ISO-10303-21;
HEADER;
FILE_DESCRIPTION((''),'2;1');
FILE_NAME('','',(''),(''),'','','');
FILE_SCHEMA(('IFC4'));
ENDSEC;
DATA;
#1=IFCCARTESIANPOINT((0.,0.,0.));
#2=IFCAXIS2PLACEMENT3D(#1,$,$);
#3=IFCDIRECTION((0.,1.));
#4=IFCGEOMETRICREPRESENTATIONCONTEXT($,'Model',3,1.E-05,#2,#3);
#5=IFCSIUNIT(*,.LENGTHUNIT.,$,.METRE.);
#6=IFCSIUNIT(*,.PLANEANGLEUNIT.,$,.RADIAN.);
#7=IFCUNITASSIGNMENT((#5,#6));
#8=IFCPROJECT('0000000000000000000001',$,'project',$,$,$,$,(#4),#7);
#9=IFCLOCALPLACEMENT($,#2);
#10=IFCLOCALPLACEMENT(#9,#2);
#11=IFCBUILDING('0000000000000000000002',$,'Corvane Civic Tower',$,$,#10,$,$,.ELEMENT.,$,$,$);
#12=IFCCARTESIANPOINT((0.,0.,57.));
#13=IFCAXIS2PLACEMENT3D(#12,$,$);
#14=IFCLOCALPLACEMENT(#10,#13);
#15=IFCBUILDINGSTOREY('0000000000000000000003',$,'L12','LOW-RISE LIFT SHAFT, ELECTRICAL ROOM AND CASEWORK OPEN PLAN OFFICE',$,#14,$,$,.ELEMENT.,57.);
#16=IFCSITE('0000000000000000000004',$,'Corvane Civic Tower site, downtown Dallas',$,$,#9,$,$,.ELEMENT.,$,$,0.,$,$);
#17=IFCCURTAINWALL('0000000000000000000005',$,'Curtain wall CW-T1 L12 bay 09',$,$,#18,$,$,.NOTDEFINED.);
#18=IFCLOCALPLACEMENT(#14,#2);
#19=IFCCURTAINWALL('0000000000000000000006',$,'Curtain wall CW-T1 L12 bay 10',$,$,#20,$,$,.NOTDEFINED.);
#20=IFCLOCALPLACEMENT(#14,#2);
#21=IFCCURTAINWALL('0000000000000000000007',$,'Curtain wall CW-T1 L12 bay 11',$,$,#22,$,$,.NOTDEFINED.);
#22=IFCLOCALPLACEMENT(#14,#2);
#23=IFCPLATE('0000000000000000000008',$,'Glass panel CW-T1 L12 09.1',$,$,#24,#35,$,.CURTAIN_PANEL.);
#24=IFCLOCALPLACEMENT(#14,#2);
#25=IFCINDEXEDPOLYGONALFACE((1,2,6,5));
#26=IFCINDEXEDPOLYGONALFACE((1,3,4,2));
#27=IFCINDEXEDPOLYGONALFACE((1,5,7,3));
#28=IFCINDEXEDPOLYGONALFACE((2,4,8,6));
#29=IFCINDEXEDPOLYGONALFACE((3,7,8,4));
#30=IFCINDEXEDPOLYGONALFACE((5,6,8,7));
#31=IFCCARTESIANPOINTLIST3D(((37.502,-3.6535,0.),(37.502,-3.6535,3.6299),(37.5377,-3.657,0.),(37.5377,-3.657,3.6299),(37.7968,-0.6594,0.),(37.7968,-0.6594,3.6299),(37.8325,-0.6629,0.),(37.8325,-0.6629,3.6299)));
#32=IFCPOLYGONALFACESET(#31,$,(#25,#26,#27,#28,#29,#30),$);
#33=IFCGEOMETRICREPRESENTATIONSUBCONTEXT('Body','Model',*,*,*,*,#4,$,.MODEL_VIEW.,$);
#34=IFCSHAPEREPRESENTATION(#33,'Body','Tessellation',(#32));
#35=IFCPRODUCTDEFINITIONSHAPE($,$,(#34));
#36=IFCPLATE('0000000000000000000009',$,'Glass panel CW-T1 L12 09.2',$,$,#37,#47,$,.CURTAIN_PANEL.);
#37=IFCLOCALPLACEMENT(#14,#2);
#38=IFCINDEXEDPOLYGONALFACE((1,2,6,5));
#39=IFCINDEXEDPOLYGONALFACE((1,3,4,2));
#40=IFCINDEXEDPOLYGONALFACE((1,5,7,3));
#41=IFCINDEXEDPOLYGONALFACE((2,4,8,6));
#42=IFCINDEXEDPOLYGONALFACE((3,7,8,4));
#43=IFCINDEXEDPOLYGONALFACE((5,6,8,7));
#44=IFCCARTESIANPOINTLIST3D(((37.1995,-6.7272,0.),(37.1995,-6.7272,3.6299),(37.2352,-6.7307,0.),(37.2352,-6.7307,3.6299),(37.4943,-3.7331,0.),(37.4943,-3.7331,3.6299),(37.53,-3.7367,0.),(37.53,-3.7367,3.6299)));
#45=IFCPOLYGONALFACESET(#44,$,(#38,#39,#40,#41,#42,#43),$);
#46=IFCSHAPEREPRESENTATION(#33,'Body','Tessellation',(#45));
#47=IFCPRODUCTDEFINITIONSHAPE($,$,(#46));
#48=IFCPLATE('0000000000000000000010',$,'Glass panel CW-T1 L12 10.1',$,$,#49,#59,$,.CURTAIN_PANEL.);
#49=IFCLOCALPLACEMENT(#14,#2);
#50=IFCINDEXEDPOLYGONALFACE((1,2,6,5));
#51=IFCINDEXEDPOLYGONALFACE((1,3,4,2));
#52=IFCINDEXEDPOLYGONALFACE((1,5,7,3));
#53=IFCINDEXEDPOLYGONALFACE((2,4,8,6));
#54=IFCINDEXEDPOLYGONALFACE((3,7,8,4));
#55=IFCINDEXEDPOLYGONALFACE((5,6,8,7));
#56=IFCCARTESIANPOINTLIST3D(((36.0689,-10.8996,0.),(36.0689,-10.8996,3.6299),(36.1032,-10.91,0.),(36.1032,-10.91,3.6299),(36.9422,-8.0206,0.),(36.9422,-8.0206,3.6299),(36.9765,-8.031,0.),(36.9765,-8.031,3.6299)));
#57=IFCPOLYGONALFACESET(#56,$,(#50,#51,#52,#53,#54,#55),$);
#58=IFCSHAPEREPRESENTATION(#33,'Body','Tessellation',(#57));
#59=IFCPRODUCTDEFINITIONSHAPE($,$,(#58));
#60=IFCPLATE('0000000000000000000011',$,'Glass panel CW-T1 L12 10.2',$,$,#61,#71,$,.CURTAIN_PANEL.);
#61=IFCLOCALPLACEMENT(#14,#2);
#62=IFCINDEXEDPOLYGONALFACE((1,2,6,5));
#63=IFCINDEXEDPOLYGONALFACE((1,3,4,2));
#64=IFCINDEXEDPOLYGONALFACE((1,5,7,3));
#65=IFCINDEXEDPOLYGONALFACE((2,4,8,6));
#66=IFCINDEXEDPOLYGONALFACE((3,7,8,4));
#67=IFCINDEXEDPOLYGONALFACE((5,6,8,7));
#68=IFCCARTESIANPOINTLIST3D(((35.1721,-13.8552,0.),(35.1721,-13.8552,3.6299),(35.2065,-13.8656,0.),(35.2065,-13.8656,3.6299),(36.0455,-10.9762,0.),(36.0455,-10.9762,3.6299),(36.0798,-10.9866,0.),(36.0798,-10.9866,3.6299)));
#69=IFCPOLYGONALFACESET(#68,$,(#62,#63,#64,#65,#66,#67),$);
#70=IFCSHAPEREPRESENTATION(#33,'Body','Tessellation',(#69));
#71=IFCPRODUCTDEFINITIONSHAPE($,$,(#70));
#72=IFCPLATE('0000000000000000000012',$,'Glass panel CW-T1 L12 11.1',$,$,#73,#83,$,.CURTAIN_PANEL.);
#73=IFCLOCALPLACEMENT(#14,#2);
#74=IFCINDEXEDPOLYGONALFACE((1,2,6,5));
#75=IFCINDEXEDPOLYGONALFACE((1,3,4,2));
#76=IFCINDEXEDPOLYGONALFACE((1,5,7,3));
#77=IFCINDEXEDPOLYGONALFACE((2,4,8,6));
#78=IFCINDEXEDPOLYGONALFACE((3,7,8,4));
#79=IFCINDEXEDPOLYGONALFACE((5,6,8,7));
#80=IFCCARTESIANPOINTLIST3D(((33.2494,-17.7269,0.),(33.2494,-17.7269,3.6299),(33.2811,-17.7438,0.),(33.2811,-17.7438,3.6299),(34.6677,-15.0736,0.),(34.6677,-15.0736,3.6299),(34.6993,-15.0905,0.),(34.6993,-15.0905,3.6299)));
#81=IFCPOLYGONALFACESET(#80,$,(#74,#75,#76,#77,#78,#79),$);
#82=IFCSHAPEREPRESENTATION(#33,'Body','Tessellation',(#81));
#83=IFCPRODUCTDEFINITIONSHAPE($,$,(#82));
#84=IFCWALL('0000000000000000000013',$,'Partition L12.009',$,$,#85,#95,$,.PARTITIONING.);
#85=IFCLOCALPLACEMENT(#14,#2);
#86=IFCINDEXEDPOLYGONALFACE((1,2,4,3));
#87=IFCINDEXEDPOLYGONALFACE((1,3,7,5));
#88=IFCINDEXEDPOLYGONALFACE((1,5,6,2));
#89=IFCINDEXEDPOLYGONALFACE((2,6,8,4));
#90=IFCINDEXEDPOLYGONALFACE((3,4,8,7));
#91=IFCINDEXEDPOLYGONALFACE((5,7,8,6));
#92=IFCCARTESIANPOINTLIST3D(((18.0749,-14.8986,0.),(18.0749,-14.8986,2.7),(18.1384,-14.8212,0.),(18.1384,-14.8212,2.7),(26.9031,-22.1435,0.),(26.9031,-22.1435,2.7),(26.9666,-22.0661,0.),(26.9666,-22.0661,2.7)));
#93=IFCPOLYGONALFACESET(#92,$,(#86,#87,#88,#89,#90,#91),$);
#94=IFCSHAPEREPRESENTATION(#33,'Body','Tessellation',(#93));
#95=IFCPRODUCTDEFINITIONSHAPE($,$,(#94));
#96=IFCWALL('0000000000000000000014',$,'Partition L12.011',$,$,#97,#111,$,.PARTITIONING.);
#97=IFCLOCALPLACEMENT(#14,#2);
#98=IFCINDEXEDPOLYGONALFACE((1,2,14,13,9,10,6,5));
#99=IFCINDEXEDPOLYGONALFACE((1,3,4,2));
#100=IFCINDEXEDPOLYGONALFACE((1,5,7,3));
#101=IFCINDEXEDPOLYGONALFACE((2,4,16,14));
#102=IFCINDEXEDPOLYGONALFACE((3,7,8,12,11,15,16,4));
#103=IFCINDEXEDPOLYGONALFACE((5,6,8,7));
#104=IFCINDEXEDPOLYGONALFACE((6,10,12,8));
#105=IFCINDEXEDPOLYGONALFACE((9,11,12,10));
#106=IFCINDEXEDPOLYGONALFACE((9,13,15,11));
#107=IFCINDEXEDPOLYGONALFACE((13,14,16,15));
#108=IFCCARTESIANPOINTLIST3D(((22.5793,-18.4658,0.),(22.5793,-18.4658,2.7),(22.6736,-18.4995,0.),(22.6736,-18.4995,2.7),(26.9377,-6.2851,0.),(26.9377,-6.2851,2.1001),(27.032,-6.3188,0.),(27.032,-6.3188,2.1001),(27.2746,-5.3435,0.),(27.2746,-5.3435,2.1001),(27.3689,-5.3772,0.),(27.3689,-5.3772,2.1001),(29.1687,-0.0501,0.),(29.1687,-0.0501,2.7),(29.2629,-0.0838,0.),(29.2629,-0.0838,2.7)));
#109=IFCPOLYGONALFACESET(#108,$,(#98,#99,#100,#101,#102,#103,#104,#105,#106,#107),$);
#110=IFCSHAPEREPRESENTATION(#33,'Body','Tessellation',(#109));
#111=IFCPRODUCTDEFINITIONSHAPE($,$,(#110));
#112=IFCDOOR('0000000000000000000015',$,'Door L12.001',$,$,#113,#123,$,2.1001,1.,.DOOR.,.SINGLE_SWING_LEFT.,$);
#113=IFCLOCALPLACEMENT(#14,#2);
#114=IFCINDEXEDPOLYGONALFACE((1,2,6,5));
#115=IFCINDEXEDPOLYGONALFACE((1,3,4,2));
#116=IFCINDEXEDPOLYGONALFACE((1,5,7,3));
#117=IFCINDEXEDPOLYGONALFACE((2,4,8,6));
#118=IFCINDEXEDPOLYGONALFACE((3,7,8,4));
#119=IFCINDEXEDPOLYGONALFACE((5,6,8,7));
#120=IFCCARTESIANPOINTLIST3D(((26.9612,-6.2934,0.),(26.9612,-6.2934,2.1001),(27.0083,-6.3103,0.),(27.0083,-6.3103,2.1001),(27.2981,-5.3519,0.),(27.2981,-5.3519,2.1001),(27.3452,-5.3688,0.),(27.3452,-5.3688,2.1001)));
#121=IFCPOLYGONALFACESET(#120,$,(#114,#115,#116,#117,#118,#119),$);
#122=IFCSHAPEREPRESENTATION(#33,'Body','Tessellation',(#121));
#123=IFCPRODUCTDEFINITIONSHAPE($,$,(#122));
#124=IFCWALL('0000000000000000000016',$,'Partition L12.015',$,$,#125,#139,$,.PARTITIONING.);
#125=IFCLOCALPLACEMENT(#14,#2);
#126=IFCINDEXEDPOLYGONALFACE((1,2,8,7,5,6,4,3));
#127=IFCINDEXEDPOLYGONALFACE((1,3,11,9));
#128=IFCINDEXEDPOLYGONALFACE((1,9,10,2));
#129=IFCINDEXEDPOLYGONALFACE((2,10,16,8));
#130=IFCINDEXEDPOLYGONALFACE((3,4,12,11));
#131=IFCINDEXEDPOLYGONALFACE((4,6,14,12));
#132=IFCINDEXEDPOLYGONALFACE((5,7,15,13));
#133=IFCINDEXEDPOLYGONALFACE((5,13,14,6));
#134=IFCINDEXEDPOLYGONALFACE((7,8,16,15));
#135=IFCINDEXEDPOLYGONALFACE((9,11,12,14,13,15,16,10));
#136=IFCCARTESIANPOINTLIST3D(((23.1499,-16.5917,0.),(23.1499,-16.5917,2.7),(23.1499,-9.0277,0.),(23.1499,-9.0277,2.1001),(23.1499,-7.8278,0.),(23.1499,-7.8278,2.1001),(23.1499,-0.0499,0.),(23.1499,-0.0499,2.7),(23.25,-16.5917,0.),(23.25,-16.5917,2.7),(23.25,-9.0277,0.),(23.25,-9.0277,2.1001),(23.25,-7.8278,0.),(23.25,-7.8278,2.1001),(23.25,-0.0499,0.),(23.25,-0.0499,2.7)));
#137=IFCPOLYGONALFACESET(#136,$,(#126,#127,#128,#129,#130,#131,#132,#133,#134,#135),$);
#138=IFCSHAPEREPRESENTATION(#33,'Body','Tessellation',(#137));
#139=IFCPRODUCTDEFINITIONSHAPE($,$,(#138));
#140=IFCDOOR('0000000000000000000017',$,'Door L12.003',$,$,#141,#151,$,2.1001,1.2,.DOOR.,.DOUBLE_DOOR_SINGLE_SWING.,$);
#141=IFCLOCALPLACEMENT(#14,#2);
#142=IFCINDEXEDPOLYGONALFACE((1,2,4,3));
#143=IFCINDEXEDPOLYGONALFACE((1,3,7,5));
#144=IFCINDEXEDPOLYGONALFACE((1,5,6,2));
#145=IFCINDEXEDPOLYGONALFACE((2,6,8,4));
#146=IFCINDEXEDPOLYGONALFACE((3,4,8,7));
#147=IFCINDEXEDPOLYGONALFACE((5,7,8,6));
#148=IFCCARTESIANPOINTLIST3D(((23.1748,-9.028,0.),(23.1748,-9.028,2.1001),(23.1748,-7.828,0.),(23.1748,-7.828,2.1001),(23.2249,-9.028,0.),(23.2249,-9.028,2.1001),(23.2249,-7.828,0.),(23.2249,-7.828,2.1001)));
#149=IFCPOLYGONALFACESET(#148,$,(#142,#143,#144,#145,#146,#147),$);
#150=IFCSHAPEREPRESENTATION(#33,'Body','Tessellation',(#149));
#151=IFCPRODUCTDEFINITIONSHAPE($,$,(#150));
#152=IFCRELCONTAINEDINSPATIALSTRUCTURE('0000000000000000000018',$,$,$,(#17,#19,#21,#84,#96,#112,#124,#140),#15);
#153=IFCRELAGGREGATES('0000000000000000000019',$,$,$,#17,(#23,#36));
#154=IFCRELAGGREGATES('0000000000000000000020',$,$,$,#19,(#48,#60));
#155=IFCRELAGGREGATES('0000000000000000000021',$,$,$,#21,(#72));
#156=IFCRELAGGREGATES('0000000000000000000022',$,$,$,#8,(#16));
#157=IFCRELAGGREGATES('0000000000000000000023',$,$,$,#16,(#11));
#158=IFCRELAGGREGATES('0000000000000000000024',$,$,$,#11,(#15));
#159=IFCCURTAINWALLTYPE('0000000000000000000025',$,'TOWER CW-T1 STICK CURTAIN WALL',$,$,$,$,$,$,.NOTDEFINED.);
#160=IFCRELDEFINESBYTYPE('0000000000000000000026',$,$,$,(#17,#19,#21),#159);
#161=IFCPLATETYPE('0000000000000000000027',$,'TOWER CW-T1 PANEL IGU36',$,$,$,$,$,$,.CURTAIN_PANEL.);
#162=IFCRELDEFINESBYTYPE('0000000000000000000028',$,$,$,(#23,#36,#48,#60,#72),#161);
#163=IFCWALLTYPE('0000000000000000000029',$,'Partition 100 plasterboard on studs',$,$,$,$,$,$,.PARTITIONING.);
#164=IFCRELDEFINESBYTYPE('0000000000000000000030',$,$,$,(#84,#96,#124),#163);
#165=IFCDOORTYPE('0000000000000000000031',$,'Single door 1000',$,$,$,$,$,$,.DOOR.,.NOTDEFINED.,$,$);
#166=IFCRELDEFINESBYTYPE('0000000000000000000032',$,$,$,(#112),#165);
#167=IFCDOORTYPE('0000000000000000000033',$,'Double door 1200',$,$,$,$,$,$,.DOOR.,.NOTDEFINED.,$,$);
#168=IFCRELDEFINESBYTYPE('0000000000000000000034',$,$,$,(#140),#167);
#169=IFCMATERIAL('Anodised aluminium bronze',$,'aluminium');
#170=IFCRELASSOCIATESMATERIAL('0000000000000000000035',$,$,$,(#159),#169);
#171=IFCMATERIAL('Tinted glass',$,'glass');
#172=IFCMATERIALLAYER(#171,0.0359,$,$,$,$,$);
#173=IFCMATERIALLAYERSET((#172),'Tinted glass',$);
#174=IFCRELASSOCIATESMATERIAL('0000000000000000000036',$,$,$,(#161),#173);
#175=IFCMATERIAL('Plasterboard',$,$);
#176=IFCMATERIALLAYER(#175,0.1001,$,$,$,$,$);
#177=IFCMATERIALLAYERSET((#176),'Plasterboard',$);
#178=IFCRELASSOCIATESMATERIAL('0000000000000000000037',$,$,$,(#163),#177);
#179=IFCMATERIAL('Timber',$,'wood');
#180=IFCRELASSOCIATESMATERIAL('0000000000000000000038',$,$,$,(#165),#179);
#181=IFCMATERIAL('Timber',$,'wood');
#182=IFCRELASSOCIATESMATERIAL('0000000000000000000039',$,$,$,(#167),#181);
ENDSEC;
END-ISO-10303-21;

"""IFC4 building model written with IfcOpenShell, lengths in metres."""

from ifc_helpers import new_model, si_unit, direction, frame, frame_2d, origin, origin_2d, place, context, subcontext, project, spatial, rectangle, extrude, material, layer, layer_set, type_object, element, fill, aggregate, save


model = new_model("IFC4")

# Units and contexts
model_context = context("Model", 3, precision=1e-05, world=origin(), true_north=direction((0.0, 1.0)))
body_context = subcontext(model_context, "Body", "Model", "MODEL_VIEW")
ifc_project = project(units=[si_unit("LENGTHUNIT", "METRE"), si_unit("PLANEANGLEUNIT", "RADIAN")], contexts=[model_context])

# Site, building, storey
site_placement = place(None, origin())
site = spatial("IfcSite", under=ifc_project, at=site_placement, Name="Corvane Civic Tower site, downtown Dallas", CompositionType="ELEMENT", RefElevation=0.0)
building_placement = place(site_placement, origin())
building = spatial("IfcBuilding", under=site, at=building_placement, Name="Corvane Civic Tower", CompositionType="ELEMENT")
storey_placement = place(building_placement, frame((0.0, 0.0, 57.0)))
storey = spatial("IfcBuildingStorey", under=building, at=storey_placement, Name="L12", Description="LOW-RISE LIFT SHAFT, ELECTRICAL ROOM AND CASEWORK OPEN PLAN OFFICE", CompositionType="ELEMENT", Elevation=57.0)

# Curtain walls
ifc_material_1 = material(Name="Anodised aluminium bronze", Category="aluminium")
curtain_wall_type = type_object("IfcCurtainWallType", Name="TOWER CW-T1 STICK CURTAIN WALL", PredefinedType="NOTDEFINED", material=ifc_material_1)
curtain_wall_1_placement = place(storey_placement, origin())
curtain_wall_1 = element("IfcCurtainWall", 1, at=curtain_wall_1_placement, inside=storey, type_object=curtain_wall_type, Name="Curtain wall CW-T1 L12 bay 09", PredefinedType="NOTDEFINED")
curtain_wall_2_placement = place(storey_placement, origin())
curtain_wall_2 = element("IfcCurtainWall", 2, at=curtain_wall_2_placement, inside=storey, type_object=curtain_wall_type, Name="Curtain wall CW-T1 L12 bay 10", PredefinedType="NOTDEFINED")
curtain_wall_3_placement = place(storey_placement, origin())
curtain_wall_3 = element("IfcCurtainWall", 3, at=curtain_wall_3_placement, inside=storey, type_object=curtain_wall_type, Name="Curtain wall CW-T1 L12 bay 11", PredefinedType="NOTDEFINED")

# Plates
ifc_material_2 = material(Name="Tinted glass", Category="glass")
ifc_layer_1 = layer(ifc_material_2, 0.0359)
ifc_layer_set_1 = layer_set([ifc_layer_1], Name="Tinted glass")
plate_type = type_object("IfcPlateType", Name="TOWER CW-T1 PANEL IGU36", PredefinedType="CURTAIN_PANEL", material=ifc_layer_set_1)
plate_1_placement = place(storey_placement, frame((37.6672, -2.1582, 0.0), z_axis=(0.0, 0.0, 1.0), x_axis=(-0.098006, -0.995186, 0.0)))
plate_1 = element("IfcPlate", 4, at=plate_1_placement, type_object=plate_type, Name="Glass panel CW-T1 L12 09.1", PredefinedType="CURTAIN_PANEL", context=body_context, shape_type="SweptSolid", body=[
    extrude(rectangle(XDim=3.0085, YDim=0.0359, at=origin_2d()), origin(), (0.0, 0.0, 1.0), 3.6299),
])
plate_2_placement = place(storey_placement, frame((37.3647, -5.2319, 0.0), z_axis=(0.0, 0.0, 1.0), x_axis=(-0.098006, -0.995186, 0.0)))
plate_2 = element("IfcPlate", 5, at=plate_2_placement, type_object=plate_type, Name="Glass panel CW-T1 L12 09.2", PredefinedType="CURTAIN_PANEL", context=body_context, shape_type="SweptSolid", body=[
    extrude(rectangle(XDim=3.0085, YDim=0.0359, at=origin_2d()), origin(), (0.0, 0.0, 1.0), 3.6299),
])
aggregate(curtain_wall_1, [plate_1, plate_2])
plate_3_placement = place(storey_placement, frame((36.5227, -9.4653, 0.0), z_axis=(0.0, 0.0, 1.0), x_axis=(-0.290278, -0.956942, 0.0)))
plate_3 = element("IfcPlate", 6, at=plate_3_placement, type_object=plate_type, Name="Glass panel CW-T1 L12 10.1", PredefinedType="CURTAIN_PANEL", context=body_context, shape_type="SweptSolid", body=[
    extrude(rectangle(XDim=3.0085, YDim=0.0359, at=origin_2d()), origin(), (0.0, 0.0, 1.0), 3.6299),
])
plate_4_placement = place(storey_placement, frame((35.626, -12.4209, 0.0), z_axis=(0.0, 0.0, 1.0), x_axis=(-0.290278, -0.956942, 0.0)))
plate_4 = element("IfcPlate", 7, at=plate_4_placement, type_object=plate_type, Name="Glass panel CW-T1 L12 10.2", PredefinedType="CURTAIN_PANEL", context=body_context, shape_type="SweptSolid", body=[
    extrude(rectangle(XDim=3.0085, YDim=0.0359, at=origin_2d()), origin(), (0.0, 0.0, 1.0), 3.6299),
])
aggregate(curtain_wall_2, [plate_3, plate_4])
plate_5_placement = place(storey_placement, frame((33.9744, -16.4087, 0.0), z_axis=(0.0, 0.0, 1.0), x_axis=(-0.471404, -0.881918, 0.0)))
plate_5 = element("IfcPlate", 8, at=plate_5_placement, type_object=plate_type, Name="Glass panel CW-T1 L12 11.1", PredefinedType="CURTAIN_PANEL", context=body_context, shape_type="SweptSolid", body=[
    extrude(rectangle(XDim=3.0085, YDim=0.0359, at=origin_2d()), origin(), (0.0, 0.0, 1.0), 3.6299),
])
aggregate(curtain_wall_3, [plate_5])

# Wall
ifc_material_3 = material(Name="Plasterboard")
ifc_layer_2 = layer(ifc_material_3, 0.1001)
ifc_layer_set_2 = layer_set([ifc_layer_2], Name="Plasterboard")
wall_type_1 = type_object("IfcWallType", Name="Partition 100 plasterboard on studs", PredefinedType="PARTITIONING", material=ifc_layer_set_2)
wall_1_placement = place(storey_placement, frame((18.1067, -14.8599, 0.0), z_axis=(0.0, 0.0, 1.0), x_axis=(0.773018, -0.634384, 0.0)))
element("IfcWall", 9, at=wall_1_placement, inside=storey, type_object=wall_type_1, Name="Partition L12.009", PredefinedType="PARTITIONING", context=body_context, shape_type="SweptSolid", body=[
    extrude(rectangle(XDim=11.4204, YDim=0.1001, at=frame_2d((5.7102, 0.0))), origin(), (0.0, 0.0, 1.0), 2.7),
])

# Walls, openings, doors
wall_2_placement = place(storey_placement, frame((22.6265, -18.4827, 0.0), z_axis=(0.0, 0.0, 1.0), x_axis=(0.336894, 0.941543, 0.0)))
wall_2 = element("IfcWall", 10, at=wall_2_placement, inside=storey, type_object=wall_type_1, Name="Partition L12.011", PredefinedType="PARTITIONING", context=body_context, shape_type="SweptSolid", body=[
    extrude(rectangle(XDim=19.5591, YDim=0.1001, at=frame_2d((9.7795, 0.0))), origin(), (0.0, 0.0, 1.0), 2.7),
])
opening_1_placement = place(wall_2_placement, frame((12.937, 0.0, 0.0)))
opening_1 = element("IfcOpeningElement", 11, at=opening_1_placement, cuts=wall_2, PredefinedType="OPENING", context=body_context, shape_type="SweptSolid", body=[
    extrude(rectangle(XDim=1.0, YDim=2.1001, at=frame_2d((0.5, 1.05))), frame((0.0, 0.0601, 0.0), z_axis=(0.0, -1.0, 0.0), x_axis=(1.0, 0.0, 0.0)), (0.0, 0.0, 1.0), 0.1201),
])
ifc_material_4 = material(Name="Timber", Category="wood")
door_type_1 = type_object("IfcDoorType", Name="Single door 1000", OperationType="NOTDEFINED", PredefinedType="DOOR", material=ifc_material_4)
door_1_placement = place(opening_1_placement, frame((1.0, 0.0, 0.0), z_axis=(0.0, 0.0, 1.0), x_axis=(-1.0, 0.0, 0.0)))
door_1 = element("IfcDoor", 12, at=door_1_placement, inside=storey, type_object=door_type_1, Name="Door L12.001", OperationType="SINGLE_SWING_LEFT", OverallHeight=2.1001, OverallWidth=1.0, PredefinedType="DOOR", context=body_context, shape_type="SweptSolid", body=[
    extrude(rectangle(XDim=1.0, YDim=2.1001, at=frame_2d((0.5, 1.05))), frame((0.0, 0.0249, 0.0), z_axis=(0.0, -1.0, 0.0), x_axis=(1.0, 0.0, 0.0)), (0.0, 0.0, 1.0), 0.05),
])
fill(opening_1, door_1)
wall_3_placement = place(storey_placement, frame((23.2, -16.5918, 0.0), z_axis=(0.0, 0.0, 1.0), x_axis=(0.0, 1.0, 0.0)))
wall_3 = element("IfcWall", 13, at=wall_3_placement, inside=storey, type_object=wall_type_1, Name="Partition L12.015", PredefinedType="PARTITIONING", context=body_context, shape_type="SweptSolid", body=[
    extrude(rectangle(XDim=16.5417, YDim=0.1001, at=frame_2d((8.271, 0.0))), origin(), (0.0, 0.0, 1.0), 2.7),
])
opening_2_placement = place(wall_3_placement, frame((7.564, 0.0, 0.0)))
opening_2 = element("IfcOpeningElement", 14, at=opening_2_placement, cuts=wall_3, PredefinedType="OPENING", context=body_context, shape_type="SweptSolid", body=[
    extrude(rectangle(XDim=1.2, YDim=2.1001, at=frame_2d((0.6001, 1.05))), frame((0.0, 0.0601, 0.0), z_axis=(0.0, -1.0, 0.0), x_axis=(1.0, 0.0, 0.0)), (0.0, 0.0, 1.0), 0.1201),
])
ifc_material_5 = material(Name="Timber", Category="wood")
door_type_2 = type_object("IfcDoorType", Name="Double door 1200", OperationType="NOTDEFINED", PredefinedType="DOOR", material=ifc_material_5)
door_2_placement = place(opening_2_placement, frame((1.2, 0.0, 0.0), z_axis=(0.0, 0.0, 1.0), x_axis=(-1.0, 0.0, 0.0)))
door_2 = element("IfcDoor", 15, at=door_2_placement, inside=storey, type_object=door_type_2, Name="Door L12.003", OperationType="DOUBLE_DOOR_SINGLE_SWING", OverallHeight=2.1001, OverallWidth=1.2, PredefinedType="DOOR", context=body_context, shape_type="SweptSolid", body=[
    extrude(rectangle(XDim=1.2, YDim=2.1001, at=frame_2d((0.6001, 1.05))), frame((0.0, 0.0249, 0.0), z_axis=(0.0, -1.0, 0.0), x_axis=(1.0, 0.0, 0.0)), (0.0, 0.0, 1.0), 0.05),
])
fill(opening_2, door_2)

save(model, "model.ifc")
